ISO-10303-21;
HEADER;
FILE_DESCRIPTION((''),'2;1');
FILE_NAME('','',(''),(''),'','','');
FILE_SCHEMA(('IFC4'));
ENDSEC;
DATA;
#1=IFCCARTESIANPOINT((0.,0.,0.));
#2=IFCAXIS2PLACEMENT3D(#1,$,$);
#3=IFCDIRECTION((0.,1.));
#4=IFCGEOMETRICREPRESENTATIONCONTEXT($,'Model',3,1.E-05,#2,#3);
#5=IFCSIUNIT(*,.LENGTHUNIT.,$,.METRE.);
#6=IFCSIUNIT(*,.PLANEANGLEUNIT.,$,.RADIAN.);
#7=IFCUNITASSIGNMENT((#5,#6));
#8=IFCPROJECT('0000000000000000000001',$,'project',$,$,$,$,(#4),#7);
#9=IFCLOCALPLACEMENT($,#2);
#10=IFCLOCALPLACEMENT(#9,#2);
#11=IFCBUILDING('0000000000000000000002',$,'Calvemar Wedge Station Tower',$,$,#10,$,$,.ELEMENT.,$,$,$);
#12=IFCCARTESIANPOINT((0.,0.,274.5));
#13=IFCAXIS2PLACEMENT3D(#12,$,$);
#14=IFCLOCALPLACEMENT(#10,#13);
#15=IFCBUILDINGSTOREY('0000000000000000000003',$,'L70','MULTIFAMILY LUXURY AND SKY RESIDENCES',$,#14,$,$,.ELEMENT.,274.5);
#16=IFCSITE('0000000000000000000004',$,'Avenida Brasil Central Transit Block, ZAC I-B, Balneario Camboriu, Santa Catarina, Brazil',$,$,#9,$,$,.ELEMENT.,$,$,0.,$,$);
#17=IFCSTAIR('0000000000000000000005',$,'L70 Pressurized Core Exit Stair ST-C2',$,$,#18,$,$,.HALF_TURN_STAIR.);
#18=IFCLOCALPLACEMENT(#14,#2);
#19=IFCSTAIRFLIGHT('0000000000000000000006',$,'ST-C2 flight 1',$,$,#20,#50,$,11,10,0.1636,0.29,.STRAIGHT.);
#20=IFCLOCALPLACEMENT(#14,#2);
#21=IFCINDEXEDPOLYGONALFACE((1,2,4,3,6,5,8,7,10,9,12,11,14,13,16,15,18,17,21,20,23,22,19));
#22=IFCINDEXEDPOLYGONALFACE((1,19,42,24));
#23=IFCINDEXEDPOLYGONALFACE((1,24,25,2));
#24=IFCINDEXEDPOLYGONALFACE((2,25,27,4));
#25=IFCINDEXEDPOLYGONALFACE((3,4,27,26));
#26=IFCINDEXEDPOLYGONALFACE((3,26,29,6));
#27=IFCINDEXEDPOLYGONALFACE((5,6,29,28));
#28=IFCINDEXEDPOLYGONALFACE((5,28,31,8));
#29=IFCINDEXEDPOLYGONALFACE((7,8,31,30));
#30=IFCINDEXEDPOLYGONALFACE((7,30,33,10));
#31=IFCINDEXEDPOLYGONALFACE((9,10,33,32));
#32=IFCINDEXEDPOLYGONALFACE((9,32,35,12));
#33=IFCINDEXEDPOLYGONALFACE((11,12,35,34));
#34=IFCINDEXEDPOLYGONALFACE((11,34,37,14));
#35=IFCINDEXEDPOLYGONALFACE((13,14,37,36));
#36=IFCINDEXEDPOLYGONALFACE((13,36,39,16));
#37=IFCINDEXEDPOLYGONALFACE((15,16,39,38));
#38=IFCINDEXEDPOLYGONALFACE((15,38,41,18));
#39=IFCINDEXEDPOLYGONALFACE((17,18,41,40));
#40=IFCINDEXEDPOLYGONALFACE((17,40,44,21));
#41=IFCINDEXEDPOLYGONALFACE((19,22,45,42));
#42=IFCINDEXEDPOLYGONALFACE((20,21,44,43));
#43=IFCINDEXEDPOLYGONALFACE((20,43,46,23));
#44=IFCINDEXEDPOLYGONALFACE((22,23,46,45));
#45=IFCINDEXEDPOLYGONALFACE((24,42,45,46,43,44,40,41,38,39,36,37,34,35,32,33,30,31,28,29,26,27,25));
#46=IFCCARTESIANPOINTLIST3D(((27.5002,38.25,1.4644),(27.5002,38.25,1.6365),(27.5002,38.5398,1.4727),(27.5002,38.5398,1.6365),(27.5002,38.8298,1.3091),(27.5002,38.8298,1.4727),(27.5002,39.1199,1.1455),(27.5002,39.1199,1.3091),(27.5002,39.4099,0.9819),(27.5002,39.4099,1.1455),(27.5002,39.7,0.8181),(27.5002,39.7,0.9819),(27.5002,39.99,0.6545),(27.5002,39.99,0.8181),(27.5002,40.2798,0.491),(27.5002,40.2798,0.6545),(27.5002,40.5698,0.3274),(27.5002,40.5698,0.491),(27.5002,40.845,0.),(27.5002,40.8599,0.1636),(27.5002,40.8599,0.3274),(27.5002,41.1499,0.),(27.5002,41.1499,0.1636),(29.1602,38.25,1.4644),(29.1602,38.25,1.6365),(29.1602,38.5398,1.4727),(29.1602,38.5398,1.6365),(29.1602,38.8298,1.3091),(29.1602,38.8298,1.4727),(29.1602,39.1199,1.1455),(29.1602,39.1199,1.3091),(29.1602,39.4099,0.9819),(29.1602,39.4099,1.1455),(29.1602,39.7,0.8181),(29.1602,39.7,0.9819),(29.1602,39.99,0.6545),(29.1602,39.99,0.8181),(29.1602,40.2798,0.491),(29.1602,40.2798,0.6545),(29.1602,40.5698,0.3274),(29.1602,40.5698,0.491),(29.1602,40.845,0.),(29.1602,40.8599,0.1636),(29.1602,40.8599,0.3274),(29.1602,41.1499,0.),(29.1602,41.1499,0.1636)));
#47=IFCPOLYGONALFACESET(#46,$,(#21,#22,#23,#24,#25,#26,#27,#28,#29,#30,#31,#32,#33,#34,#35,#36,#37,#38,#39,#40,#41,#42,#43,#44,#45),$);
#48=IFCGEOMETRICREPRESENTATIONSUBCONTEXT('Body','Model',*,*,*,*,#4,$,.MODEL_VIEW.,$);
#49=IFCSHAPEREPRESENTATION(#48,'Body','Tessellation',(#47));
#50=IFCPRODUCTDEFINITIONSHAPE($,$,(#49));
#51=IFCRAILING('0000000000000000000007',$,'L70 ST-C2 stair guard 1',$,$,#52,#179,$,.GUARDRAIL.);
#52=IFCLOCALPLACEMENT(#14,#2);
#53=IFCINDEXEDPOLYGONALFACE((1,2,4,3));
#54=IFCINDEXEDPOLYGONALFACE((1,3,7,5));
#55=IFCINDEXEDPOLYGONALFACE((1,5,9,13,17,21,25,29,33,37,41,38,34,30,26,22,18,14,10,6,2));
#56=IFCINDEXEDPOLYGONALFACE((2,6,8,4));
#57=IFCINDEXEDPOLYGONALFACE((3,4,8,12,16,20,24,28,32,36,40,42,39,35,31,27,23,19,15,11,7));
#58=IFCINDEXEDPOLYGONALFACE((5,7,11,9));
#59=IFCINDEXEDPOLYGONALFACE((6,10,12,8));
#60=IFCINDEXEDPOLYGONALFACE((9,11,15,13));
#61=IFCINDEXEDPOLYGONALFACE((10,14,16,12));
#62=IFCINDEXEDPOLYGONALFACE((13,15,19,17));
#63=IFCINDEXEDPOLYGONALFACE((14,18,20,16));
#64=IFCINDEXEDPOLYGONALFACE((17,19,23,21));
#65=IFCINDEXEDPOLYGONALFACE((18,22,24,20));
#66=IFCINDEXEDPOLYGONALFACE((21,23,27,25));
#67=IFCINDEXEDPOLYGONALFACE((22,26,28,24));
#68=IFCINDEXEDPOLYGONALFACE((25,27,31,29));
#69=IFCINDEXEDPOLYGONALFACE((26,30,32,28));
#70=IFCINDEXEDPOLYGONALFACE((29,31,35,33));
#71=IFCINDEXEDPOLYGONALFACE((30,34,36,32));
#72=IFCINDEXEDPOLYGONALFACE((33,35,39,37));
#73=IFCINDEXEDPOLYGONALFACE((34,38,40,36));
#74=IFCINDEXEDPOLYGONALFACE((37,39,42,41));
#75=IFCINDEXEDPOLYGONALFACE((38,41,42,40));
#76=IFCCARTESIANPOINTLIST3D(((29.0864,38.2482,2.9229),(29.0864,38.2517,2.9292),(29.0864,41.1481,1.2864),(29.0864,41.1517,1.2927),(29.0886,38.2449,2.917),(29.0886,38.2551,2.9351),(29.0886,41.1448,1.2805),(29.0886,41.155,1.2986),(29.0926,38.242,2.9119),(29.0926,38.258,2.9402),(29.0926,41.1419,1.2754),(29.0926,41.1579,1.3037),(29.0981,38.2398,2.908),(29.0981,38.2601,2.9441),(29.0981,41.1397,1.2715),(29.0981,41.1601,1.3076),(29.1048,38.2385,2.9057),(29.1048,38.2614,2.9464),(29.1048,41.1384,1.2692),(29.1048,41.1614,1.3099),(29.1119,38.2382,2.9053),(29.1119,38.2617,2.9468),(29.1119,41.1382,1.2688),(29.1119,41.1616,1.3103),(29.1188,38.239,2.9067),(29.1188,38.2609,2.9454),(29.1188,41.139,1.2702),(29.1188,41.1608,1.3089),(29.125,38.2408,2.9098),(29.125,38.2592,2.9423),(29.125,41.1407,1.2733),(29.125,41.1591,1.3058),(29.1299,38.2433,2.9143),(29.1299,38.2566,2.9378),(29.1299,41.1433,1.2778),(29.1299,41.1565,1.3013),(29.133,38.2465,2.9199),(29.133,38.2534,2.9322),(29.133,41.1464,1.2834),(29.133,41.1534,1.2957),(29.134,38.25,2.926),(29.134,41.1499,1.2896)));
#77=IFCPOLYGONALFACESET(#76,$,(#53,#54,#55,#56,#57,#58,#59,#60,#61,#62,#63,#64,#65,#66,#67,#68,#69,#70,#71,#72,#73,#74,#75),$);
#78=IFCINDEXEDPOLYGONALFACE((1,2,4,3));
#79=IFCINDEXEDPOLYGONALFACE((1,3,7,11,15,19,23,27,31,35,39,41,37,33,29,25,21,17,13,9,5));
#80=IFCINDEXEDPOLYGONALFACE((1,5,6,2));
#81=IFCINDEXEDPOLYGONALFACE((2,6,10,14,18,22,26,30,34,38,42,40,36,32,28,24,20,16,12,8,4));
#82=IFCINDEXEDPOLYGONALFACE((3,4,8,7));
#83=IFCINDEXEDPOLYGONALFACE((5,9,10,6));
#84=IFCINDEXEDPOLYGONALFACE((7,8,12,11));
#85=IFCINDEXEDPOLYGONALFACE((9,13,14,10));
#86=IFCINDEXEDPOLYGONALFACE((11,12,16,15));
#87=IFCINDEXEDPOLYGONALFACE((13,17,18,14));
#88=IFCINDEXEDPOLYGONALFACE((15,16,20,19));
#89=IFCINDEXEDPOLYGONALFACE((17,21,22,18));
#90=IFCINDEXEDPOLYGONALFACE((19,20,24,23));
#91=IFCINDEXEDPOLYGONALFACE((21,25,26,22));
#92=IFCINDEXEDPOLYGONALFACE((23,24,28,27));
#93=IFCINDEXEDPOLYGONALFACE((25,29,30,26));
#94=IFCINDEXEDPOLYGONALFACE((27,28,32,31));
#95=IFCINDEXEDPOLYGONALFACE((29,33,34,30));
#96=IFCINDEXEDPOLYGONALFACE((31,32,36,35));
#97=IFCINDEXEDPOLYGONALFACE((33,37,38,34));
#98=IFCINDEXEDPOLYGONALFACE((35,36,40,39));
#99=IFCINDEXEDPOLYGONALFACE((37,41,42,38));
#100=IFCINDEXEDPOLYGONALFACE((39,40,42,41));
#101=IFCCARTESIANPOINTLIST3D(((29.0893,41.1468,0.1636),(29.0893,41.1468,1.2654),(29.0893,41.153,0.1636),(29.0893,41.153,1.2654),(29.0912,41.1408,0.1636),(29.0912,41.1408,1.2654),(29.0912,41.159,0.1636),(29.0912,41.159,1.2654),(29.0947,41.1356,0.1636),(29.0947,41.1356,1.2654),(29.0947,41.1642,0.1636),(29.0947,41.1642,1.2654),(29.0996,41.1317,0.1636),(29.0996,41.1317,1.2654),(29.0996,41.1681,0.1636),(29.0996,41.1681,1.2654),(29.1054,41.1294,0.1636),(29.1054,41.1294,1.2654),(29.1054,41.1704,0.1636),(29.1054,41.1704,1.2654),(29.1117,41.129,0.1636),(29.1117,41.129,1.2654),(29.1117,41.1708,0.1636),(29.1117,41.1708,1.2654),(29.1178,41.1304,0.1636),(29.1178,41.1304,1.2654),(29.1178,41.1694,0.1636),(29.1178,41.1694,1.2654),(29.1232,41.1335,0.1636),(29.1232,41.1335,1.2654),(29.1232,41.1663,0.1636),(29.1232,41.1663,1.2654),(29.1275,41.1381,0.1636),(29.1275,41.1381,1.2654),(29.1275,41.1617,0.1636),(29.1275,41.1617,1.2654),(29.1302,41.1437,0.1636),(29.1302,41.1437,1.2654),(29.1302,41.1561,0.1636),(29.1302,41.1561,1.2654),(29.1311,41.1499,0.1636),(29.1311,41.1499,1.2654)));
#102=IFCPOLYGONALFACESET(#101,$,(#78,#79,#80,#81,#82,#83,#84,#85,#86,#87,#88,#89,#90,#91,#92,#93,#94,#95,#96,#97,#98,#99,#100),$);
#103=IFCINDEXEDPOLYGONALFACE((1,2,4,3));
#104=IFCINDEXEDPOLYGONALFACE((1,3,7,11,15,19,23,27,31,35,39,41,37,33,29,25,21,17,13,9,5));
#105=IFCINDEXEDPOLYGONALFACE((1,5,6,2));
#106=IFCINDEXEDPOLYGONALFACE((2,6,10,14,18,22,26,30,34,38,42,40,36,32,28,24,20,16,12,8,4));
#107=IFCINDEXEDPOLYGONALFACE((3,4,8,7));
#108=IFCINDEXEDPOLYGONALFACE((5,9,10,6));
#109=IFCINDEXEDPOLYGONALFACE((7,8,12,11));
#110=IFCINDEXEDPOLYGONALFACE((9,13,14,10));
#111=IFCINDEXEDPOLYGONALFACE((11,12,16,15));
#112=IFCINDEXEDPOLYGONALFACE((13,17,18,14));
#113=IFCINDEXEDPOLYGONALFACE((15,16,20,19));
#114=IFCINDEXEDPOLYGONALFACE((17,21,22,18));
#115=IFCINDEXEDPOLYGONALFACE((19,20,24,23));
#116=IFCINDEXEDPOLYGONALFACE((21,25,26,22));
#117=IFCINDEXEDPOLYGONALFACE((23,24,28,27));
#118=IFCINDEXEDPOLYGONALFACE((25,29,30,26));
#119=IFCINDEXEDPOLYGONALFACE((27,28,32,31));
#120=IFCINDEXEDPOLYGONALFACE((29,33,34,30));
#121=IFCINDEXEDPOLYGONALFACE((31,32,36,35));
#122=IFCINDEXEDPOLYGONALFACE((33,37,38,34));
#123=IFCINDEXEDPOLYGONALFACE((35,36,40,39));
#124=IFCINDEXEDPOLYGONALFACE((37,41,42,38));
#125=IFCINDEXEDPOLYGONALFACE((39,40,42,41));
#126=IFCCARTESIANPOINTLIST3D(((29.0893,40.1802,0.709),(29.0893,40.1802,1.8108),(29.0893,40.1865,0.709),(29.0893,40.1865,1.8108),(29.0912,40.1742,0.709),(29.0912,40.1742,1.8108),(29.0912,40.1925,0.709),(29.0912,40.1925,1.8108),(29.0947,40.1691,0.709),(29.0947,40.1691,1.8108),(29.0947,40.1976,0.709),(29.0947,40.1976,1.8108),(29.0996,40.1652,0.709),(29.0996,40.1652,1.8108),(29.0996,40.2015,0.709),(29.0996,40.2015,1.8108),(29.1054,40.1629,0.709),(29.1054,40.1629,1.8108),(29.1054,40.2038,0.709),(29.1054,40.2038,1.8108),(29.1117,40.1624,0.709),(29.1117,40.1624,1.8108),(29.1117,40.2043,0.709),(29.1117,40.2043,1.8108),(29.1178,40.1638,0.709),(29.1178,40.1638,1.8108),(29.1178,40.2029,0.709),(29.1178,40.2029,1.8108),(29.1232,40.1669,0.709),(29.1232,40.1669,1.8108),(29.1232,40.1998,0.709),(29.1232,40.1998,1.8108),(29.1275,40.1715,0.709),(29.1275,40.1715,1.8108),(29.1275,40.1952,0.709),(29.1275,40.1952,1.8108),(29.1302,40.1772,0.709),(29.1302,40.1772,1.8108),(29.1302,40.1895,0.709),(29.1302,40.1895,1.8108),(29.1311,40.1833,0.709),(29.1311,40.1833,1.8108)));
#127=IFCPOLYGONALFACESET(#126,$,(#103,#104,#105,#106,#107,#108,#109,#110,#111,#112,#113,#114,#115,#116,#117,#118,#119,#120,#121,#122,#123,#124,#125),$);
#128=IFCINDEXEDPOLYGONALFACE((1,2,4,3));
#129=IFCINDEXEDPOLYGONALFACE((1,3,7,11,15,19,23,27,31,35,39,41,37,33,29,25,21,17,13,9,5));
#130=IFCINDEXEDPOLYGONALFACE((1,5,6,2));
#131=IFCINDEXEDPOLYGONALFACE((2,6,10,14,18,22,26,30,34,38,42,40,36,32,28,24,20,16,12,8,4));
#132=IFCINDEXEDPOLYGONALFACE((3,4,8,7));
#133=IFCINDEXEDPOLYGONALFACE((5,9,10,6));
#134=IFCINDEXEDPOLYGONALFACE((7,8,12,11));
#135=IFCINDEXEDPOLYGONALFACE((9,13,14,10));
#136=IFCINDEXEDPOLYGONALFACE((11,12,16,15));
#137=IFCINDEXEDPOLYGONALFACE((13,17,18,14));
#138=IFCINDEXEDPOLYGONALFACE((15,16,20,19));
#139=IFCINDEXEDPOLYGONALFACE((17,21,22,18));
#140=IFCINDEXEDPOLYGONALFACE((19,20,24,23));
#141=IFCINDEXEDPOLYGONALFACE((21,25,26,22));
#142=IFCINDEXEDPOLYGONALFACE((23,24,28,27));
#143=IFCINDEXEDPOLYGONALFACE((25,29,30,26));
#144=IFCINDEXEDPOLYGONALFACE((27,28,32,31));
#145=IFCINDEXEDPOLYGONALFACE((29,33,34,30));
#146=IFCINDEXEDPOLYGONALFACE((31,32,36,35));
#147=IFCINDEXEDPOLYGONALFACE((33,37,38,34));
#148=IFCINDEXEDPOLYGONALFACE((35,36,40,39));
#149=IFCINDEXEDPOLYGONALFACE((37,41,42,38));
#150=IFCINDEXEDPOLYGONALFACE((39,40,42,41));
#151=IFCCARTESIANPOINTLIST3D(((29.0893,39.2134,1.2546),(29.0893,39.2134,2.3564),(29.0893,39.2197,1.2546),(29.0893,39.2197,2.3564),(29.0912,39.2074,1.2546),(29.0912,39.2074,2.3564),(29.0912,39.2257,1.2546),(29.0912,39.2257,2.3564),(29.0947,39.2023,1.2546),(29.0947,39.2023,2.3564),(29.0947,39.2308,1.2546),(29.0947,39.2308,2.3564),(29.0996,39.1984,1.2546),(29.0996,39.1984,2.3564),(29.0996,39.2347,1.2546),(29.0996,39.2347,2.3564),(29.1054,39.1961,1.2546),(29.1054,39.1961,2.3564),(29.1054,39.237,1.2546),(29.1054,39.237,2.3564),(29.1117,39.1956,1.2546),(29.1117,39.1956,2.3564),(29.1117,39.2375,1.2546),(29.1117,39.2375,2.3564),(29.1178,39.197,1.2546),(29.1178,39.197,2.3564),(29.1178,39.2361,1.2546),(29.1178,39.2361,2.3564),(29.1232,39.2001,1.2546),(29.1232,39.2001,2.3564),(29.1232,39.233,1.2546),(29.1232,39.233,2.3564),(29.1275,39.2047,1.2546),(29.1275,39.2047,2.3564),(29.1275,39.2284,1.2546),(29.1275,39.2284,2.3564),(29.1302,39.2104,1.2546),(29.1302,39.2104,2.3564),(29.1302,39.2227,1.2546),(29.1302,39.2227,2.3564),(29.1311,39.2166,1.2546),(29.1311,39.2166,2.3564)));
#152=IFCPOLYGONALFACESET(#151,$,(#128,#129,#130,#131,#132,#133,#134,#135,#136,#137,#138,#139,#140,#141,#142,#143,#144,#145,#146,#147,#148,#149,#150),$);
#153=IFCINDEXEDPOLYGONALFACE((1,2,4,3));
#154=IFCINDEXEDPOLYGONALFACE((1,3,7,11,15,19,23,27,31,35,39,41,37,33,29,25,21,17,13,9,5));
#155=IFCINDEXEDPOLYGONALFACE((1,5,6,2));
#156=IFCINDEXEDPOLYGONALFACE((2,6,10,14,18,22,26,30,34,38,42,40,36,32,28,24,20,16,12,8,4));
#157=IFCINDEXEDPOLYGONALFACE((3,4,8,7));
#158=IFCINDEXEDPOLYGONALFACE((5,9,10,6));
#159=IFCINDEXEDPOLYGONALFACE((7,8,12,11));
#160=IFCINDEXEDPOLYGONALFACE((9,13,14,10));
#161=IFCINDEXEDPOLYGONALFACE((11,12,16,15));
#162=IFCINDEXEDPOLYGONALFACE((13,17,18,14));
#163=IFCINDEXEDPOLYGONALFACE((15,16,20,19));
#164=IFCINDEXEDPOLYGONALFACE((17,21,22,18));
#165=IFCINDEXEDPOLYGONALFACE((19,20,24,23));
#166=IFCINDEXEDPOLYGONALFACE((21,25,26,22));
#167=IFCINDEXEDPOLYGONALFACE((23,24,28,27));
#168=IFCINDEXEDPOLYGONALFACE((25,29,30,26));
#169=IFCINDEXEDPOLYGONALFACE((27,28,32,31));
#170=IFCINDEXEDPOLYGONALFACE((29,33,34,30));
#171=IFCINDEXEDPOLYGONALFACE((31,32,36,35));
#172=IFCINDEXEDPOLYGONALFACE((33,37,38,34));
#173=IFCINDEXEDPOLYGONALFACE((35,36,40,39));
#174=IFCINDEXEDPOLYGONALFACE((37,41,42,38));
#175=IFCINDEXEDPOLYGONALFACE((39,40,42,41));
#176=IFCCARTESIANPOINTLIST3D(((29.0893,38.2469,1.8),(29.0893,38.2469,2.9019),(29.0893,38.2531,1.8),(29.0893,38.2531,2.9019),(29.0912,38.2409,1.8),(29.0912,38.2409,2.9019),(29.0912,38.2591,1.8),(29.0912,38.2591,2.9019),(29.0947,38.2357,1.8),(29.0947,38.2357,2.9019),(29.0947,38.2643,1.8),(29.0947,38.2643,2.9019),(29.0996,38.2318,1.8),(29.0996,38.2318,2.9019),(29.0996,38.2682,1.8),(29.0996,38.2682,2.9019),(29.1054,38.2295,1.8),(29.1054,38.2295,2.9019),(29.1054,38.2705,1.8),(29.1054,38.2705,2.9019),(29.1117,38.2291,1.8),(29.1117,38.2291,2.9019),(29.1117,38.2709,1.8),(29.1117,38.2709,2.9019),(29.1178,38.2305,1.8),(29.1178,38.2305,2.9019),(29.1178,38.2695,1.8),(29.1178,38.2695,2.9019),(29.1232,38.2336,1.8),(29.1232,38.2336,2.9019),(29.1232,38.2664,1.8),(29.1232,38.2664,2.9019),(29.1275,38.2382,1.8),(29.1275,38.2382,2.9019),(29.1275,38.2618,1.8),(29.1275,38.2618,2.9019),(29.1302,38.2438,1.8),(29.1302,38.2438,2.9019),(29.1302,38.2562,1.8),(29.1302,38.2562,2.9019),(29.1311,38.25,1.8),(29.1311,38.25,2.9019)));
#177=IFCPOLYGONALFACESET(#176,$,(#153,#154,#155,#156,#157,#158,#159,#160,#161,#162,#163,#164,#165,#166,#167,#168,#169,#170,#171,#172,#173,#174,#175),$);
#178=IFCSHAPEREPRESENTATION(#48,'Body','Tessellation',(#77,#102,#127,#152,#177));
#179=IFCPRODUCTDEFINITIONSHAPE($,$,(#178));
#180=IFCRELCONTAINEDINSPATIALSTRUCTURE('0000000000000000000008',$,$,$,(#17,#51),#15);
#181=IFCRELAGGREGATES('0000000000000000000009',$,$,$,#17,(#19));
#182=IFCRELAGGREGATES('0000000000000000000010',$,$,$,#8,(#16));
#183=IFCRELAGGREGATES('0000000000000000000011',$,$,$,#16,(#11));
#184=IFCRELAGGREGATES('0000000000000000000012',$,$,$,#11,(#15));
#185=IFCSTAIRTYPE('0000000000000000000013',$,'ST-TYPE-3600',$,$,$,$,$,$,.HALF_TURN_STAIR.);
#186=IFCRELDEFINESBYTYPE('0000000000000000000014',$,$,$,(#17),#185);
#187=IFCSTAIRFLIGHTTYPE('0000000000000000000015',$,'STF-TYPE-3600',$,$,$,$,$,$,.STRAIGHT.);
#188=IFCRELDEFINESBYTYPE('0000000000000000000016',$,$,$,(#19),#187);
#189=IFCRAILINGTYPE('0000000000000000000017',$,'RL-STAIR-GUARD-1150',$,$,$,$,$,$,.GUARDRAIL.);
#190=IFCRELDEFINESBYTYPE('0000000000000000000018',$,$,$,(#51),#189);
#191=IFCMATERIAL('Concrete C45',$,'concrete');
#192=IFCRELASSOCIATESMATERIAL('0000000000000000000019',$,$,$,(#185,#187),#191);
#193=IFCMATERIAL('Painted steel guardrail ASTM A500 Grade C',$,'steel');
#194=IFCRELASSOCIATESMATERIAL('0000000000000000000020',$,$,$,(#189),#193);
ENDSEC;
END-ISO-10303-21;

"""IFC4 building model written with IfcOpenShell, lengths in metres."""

from ifc_helpers import new_model, si_unit, direction, frame, origin, origin_2d, place, context, subcontext, project, spatial, polyline, circle, outline, extrude, material, type_object, element, aggregate, save


model = new_model("IFC4")

# Units and contexts
model_context = context("Model", 3, precision=1e-05, world=origin(), true_north=direction((0.0, 1.0)))
body_context = subcontext(model_context, "Body", "Model", "MODEL_VIEW")
ifc_project = project(units=[si_unit("LENGTHUNIT", "METRE"), si_unit("PLANEANGLEUNIT", "RADIAN")], contexts=[model_context])

# Site, building, storey
site_placement = place(None, origin())
site = spatial("IfcSite", under=ifc_project, at=site_placement, Name="Avenida Brasil Central Transit Block, ZAC I-B, Balneario Camboriu, Santa Catarina, Brazil", CompositionType="ELEMENT", RefElevation=0.0)
building_placement = place(site_placement, origin())
building = spatial("IfcBuilding", under=site, at=building_placement, Name="Calvemar Wedge Station Tower", CompositionType="ELEMENT")
storey_placement = place(building_placement, frame((0.0, 0.0, 274.5)))
storey = spatial("IfcBuildingStorey", under=building, at=storey_placement, Name="L70", Description="MULTIFAMILY LUXURY AND SKY RESIDENCES", CompositionType="ELEMENT", Elevation=274.5)

# Stair, stair flight
ifc_material_1 = material(Name="Concrete C45", Category="concrete")
stair_type = type_object("IfcStairType", Name="ST-TYPE-3600", PredefinedType="HALF_TURN_STAIR", material=ifc_material_1)
stair_placement = place(storey_placement, origin())
stair = element("IfcStair", 1, at=stair_placement, inside=storey, type_object=stair_type, Name="L70 Pressurized Core Exit Stair ST-C2", PredefinedType="HALF_TURN_STAIR")
stair_flight_type = type_object("IfcStairFlightType", Name="STF-TYPE-3600", PredefinedType="STRAIGHT", material=ifc_material_1)
stair_flight_placement = place(storey_placement, frame((28.3301, 41.1499, 0.0), z_axis=(0.0, 0.0, 1.0), x_axis=(0.0, -1.0, 0.0)))
stair_flight = element("IfcStairFlight", 2, at=stair_flight_placement, type_object=stair_flight_type, Name="ST-C2 flight 1", NumberOfRisers=11, NumberOfTreads=10, PredefinedType="STRAIGHT", RiserHeight=0.1636, TreadLength=0.29, context=body_context, shape_type="SweptSolid", body=[
    extrude(outline(polyline([(0.0, 0.0), (0.0, 0.1636), (0.29, 0.1636), (0.29, 0.3274), (0.5801, 0.3274), (0.5801, 0.491), (0.8701, 0.491), (0.8701, 0.6545), (1.1599, 0.6545), (1.1599, 0.8181), (1.45, 0.8181), (1.45, 0.9819), (1.74, 0.9819), (1.74, 1.1455), (2.03, 1.1455), (2.03, 1.3091), (2.3201, 1.3091), (2.3201, 1.4727), (2.6101, 1.4727), (2.6101, 1.6365), (2.8999, 1.6365), (2.8999, 1.8), (2.8999, 1.4644), (0.3049, 0.0), (0.0, 0.0)])), frame((0.0, 0.8301, 0.0), z_axis=(0.0, -1.0, 0.0), x_axis=(1.0, 0.0, 0.0)), (0.0, 0.0, 1.0), 1.6599),
])
aggregate(stair, [stair_flight])

# Railing
ifc_material_2 = material(Name="Painted steel guardrail ASTM A500 Grade C", Category="steel")
railing_type = type_object("IfcRailingType", Name="RL-STAIR-GUARD-1150", PredefinedType="GUARDRAIL", material=ifc_material_2)
railing_1_placement = place(storey_placement, frame((29.1101, 41.1499, 0.1636)))
element("IfcRailing", 3, at=railing_1_placement, inside=storey, type_object=railing_type, Name="L70 ST-C2 stair guard 1", PredefinedType="GUARDRAIL", context=body_context, shape_type="SweptSolid", body=[
    extrude(circle(Radius=0.0239, at=origin_2d()), frame((0.0, 0.0, 1.126), z_axis=(0.0, -0.870897, 0.491465), x_axis=(1.0, 0.0, 0.0)), (0.0, 0.0, 1.0), 3.3298),
    extrude(circle(Radius=0.021, at=origin_2d()), origin(), (0.0, 0.0, 1.0), 1.1018),
    extrude(circle(Radius=0.021, at=origin_2d()), frame((0.0, -0.9666, 0.5454)), (0.0, 0.0, 1.0), 1.1018),
    extrude(circle(Radius=0.021, at=origin_2d()), frame((0.0, -1.9333, 1.0911)), (0.0, 0.0, 1.0), 1.1018),
    extrude(circle(Radius=0.021, at=origin_2d()), frame((0.0, -2.8999, 1.6365)), (0.0, 0.0, 1.0), 1.1018),
])

save(model, "model.ifc")
